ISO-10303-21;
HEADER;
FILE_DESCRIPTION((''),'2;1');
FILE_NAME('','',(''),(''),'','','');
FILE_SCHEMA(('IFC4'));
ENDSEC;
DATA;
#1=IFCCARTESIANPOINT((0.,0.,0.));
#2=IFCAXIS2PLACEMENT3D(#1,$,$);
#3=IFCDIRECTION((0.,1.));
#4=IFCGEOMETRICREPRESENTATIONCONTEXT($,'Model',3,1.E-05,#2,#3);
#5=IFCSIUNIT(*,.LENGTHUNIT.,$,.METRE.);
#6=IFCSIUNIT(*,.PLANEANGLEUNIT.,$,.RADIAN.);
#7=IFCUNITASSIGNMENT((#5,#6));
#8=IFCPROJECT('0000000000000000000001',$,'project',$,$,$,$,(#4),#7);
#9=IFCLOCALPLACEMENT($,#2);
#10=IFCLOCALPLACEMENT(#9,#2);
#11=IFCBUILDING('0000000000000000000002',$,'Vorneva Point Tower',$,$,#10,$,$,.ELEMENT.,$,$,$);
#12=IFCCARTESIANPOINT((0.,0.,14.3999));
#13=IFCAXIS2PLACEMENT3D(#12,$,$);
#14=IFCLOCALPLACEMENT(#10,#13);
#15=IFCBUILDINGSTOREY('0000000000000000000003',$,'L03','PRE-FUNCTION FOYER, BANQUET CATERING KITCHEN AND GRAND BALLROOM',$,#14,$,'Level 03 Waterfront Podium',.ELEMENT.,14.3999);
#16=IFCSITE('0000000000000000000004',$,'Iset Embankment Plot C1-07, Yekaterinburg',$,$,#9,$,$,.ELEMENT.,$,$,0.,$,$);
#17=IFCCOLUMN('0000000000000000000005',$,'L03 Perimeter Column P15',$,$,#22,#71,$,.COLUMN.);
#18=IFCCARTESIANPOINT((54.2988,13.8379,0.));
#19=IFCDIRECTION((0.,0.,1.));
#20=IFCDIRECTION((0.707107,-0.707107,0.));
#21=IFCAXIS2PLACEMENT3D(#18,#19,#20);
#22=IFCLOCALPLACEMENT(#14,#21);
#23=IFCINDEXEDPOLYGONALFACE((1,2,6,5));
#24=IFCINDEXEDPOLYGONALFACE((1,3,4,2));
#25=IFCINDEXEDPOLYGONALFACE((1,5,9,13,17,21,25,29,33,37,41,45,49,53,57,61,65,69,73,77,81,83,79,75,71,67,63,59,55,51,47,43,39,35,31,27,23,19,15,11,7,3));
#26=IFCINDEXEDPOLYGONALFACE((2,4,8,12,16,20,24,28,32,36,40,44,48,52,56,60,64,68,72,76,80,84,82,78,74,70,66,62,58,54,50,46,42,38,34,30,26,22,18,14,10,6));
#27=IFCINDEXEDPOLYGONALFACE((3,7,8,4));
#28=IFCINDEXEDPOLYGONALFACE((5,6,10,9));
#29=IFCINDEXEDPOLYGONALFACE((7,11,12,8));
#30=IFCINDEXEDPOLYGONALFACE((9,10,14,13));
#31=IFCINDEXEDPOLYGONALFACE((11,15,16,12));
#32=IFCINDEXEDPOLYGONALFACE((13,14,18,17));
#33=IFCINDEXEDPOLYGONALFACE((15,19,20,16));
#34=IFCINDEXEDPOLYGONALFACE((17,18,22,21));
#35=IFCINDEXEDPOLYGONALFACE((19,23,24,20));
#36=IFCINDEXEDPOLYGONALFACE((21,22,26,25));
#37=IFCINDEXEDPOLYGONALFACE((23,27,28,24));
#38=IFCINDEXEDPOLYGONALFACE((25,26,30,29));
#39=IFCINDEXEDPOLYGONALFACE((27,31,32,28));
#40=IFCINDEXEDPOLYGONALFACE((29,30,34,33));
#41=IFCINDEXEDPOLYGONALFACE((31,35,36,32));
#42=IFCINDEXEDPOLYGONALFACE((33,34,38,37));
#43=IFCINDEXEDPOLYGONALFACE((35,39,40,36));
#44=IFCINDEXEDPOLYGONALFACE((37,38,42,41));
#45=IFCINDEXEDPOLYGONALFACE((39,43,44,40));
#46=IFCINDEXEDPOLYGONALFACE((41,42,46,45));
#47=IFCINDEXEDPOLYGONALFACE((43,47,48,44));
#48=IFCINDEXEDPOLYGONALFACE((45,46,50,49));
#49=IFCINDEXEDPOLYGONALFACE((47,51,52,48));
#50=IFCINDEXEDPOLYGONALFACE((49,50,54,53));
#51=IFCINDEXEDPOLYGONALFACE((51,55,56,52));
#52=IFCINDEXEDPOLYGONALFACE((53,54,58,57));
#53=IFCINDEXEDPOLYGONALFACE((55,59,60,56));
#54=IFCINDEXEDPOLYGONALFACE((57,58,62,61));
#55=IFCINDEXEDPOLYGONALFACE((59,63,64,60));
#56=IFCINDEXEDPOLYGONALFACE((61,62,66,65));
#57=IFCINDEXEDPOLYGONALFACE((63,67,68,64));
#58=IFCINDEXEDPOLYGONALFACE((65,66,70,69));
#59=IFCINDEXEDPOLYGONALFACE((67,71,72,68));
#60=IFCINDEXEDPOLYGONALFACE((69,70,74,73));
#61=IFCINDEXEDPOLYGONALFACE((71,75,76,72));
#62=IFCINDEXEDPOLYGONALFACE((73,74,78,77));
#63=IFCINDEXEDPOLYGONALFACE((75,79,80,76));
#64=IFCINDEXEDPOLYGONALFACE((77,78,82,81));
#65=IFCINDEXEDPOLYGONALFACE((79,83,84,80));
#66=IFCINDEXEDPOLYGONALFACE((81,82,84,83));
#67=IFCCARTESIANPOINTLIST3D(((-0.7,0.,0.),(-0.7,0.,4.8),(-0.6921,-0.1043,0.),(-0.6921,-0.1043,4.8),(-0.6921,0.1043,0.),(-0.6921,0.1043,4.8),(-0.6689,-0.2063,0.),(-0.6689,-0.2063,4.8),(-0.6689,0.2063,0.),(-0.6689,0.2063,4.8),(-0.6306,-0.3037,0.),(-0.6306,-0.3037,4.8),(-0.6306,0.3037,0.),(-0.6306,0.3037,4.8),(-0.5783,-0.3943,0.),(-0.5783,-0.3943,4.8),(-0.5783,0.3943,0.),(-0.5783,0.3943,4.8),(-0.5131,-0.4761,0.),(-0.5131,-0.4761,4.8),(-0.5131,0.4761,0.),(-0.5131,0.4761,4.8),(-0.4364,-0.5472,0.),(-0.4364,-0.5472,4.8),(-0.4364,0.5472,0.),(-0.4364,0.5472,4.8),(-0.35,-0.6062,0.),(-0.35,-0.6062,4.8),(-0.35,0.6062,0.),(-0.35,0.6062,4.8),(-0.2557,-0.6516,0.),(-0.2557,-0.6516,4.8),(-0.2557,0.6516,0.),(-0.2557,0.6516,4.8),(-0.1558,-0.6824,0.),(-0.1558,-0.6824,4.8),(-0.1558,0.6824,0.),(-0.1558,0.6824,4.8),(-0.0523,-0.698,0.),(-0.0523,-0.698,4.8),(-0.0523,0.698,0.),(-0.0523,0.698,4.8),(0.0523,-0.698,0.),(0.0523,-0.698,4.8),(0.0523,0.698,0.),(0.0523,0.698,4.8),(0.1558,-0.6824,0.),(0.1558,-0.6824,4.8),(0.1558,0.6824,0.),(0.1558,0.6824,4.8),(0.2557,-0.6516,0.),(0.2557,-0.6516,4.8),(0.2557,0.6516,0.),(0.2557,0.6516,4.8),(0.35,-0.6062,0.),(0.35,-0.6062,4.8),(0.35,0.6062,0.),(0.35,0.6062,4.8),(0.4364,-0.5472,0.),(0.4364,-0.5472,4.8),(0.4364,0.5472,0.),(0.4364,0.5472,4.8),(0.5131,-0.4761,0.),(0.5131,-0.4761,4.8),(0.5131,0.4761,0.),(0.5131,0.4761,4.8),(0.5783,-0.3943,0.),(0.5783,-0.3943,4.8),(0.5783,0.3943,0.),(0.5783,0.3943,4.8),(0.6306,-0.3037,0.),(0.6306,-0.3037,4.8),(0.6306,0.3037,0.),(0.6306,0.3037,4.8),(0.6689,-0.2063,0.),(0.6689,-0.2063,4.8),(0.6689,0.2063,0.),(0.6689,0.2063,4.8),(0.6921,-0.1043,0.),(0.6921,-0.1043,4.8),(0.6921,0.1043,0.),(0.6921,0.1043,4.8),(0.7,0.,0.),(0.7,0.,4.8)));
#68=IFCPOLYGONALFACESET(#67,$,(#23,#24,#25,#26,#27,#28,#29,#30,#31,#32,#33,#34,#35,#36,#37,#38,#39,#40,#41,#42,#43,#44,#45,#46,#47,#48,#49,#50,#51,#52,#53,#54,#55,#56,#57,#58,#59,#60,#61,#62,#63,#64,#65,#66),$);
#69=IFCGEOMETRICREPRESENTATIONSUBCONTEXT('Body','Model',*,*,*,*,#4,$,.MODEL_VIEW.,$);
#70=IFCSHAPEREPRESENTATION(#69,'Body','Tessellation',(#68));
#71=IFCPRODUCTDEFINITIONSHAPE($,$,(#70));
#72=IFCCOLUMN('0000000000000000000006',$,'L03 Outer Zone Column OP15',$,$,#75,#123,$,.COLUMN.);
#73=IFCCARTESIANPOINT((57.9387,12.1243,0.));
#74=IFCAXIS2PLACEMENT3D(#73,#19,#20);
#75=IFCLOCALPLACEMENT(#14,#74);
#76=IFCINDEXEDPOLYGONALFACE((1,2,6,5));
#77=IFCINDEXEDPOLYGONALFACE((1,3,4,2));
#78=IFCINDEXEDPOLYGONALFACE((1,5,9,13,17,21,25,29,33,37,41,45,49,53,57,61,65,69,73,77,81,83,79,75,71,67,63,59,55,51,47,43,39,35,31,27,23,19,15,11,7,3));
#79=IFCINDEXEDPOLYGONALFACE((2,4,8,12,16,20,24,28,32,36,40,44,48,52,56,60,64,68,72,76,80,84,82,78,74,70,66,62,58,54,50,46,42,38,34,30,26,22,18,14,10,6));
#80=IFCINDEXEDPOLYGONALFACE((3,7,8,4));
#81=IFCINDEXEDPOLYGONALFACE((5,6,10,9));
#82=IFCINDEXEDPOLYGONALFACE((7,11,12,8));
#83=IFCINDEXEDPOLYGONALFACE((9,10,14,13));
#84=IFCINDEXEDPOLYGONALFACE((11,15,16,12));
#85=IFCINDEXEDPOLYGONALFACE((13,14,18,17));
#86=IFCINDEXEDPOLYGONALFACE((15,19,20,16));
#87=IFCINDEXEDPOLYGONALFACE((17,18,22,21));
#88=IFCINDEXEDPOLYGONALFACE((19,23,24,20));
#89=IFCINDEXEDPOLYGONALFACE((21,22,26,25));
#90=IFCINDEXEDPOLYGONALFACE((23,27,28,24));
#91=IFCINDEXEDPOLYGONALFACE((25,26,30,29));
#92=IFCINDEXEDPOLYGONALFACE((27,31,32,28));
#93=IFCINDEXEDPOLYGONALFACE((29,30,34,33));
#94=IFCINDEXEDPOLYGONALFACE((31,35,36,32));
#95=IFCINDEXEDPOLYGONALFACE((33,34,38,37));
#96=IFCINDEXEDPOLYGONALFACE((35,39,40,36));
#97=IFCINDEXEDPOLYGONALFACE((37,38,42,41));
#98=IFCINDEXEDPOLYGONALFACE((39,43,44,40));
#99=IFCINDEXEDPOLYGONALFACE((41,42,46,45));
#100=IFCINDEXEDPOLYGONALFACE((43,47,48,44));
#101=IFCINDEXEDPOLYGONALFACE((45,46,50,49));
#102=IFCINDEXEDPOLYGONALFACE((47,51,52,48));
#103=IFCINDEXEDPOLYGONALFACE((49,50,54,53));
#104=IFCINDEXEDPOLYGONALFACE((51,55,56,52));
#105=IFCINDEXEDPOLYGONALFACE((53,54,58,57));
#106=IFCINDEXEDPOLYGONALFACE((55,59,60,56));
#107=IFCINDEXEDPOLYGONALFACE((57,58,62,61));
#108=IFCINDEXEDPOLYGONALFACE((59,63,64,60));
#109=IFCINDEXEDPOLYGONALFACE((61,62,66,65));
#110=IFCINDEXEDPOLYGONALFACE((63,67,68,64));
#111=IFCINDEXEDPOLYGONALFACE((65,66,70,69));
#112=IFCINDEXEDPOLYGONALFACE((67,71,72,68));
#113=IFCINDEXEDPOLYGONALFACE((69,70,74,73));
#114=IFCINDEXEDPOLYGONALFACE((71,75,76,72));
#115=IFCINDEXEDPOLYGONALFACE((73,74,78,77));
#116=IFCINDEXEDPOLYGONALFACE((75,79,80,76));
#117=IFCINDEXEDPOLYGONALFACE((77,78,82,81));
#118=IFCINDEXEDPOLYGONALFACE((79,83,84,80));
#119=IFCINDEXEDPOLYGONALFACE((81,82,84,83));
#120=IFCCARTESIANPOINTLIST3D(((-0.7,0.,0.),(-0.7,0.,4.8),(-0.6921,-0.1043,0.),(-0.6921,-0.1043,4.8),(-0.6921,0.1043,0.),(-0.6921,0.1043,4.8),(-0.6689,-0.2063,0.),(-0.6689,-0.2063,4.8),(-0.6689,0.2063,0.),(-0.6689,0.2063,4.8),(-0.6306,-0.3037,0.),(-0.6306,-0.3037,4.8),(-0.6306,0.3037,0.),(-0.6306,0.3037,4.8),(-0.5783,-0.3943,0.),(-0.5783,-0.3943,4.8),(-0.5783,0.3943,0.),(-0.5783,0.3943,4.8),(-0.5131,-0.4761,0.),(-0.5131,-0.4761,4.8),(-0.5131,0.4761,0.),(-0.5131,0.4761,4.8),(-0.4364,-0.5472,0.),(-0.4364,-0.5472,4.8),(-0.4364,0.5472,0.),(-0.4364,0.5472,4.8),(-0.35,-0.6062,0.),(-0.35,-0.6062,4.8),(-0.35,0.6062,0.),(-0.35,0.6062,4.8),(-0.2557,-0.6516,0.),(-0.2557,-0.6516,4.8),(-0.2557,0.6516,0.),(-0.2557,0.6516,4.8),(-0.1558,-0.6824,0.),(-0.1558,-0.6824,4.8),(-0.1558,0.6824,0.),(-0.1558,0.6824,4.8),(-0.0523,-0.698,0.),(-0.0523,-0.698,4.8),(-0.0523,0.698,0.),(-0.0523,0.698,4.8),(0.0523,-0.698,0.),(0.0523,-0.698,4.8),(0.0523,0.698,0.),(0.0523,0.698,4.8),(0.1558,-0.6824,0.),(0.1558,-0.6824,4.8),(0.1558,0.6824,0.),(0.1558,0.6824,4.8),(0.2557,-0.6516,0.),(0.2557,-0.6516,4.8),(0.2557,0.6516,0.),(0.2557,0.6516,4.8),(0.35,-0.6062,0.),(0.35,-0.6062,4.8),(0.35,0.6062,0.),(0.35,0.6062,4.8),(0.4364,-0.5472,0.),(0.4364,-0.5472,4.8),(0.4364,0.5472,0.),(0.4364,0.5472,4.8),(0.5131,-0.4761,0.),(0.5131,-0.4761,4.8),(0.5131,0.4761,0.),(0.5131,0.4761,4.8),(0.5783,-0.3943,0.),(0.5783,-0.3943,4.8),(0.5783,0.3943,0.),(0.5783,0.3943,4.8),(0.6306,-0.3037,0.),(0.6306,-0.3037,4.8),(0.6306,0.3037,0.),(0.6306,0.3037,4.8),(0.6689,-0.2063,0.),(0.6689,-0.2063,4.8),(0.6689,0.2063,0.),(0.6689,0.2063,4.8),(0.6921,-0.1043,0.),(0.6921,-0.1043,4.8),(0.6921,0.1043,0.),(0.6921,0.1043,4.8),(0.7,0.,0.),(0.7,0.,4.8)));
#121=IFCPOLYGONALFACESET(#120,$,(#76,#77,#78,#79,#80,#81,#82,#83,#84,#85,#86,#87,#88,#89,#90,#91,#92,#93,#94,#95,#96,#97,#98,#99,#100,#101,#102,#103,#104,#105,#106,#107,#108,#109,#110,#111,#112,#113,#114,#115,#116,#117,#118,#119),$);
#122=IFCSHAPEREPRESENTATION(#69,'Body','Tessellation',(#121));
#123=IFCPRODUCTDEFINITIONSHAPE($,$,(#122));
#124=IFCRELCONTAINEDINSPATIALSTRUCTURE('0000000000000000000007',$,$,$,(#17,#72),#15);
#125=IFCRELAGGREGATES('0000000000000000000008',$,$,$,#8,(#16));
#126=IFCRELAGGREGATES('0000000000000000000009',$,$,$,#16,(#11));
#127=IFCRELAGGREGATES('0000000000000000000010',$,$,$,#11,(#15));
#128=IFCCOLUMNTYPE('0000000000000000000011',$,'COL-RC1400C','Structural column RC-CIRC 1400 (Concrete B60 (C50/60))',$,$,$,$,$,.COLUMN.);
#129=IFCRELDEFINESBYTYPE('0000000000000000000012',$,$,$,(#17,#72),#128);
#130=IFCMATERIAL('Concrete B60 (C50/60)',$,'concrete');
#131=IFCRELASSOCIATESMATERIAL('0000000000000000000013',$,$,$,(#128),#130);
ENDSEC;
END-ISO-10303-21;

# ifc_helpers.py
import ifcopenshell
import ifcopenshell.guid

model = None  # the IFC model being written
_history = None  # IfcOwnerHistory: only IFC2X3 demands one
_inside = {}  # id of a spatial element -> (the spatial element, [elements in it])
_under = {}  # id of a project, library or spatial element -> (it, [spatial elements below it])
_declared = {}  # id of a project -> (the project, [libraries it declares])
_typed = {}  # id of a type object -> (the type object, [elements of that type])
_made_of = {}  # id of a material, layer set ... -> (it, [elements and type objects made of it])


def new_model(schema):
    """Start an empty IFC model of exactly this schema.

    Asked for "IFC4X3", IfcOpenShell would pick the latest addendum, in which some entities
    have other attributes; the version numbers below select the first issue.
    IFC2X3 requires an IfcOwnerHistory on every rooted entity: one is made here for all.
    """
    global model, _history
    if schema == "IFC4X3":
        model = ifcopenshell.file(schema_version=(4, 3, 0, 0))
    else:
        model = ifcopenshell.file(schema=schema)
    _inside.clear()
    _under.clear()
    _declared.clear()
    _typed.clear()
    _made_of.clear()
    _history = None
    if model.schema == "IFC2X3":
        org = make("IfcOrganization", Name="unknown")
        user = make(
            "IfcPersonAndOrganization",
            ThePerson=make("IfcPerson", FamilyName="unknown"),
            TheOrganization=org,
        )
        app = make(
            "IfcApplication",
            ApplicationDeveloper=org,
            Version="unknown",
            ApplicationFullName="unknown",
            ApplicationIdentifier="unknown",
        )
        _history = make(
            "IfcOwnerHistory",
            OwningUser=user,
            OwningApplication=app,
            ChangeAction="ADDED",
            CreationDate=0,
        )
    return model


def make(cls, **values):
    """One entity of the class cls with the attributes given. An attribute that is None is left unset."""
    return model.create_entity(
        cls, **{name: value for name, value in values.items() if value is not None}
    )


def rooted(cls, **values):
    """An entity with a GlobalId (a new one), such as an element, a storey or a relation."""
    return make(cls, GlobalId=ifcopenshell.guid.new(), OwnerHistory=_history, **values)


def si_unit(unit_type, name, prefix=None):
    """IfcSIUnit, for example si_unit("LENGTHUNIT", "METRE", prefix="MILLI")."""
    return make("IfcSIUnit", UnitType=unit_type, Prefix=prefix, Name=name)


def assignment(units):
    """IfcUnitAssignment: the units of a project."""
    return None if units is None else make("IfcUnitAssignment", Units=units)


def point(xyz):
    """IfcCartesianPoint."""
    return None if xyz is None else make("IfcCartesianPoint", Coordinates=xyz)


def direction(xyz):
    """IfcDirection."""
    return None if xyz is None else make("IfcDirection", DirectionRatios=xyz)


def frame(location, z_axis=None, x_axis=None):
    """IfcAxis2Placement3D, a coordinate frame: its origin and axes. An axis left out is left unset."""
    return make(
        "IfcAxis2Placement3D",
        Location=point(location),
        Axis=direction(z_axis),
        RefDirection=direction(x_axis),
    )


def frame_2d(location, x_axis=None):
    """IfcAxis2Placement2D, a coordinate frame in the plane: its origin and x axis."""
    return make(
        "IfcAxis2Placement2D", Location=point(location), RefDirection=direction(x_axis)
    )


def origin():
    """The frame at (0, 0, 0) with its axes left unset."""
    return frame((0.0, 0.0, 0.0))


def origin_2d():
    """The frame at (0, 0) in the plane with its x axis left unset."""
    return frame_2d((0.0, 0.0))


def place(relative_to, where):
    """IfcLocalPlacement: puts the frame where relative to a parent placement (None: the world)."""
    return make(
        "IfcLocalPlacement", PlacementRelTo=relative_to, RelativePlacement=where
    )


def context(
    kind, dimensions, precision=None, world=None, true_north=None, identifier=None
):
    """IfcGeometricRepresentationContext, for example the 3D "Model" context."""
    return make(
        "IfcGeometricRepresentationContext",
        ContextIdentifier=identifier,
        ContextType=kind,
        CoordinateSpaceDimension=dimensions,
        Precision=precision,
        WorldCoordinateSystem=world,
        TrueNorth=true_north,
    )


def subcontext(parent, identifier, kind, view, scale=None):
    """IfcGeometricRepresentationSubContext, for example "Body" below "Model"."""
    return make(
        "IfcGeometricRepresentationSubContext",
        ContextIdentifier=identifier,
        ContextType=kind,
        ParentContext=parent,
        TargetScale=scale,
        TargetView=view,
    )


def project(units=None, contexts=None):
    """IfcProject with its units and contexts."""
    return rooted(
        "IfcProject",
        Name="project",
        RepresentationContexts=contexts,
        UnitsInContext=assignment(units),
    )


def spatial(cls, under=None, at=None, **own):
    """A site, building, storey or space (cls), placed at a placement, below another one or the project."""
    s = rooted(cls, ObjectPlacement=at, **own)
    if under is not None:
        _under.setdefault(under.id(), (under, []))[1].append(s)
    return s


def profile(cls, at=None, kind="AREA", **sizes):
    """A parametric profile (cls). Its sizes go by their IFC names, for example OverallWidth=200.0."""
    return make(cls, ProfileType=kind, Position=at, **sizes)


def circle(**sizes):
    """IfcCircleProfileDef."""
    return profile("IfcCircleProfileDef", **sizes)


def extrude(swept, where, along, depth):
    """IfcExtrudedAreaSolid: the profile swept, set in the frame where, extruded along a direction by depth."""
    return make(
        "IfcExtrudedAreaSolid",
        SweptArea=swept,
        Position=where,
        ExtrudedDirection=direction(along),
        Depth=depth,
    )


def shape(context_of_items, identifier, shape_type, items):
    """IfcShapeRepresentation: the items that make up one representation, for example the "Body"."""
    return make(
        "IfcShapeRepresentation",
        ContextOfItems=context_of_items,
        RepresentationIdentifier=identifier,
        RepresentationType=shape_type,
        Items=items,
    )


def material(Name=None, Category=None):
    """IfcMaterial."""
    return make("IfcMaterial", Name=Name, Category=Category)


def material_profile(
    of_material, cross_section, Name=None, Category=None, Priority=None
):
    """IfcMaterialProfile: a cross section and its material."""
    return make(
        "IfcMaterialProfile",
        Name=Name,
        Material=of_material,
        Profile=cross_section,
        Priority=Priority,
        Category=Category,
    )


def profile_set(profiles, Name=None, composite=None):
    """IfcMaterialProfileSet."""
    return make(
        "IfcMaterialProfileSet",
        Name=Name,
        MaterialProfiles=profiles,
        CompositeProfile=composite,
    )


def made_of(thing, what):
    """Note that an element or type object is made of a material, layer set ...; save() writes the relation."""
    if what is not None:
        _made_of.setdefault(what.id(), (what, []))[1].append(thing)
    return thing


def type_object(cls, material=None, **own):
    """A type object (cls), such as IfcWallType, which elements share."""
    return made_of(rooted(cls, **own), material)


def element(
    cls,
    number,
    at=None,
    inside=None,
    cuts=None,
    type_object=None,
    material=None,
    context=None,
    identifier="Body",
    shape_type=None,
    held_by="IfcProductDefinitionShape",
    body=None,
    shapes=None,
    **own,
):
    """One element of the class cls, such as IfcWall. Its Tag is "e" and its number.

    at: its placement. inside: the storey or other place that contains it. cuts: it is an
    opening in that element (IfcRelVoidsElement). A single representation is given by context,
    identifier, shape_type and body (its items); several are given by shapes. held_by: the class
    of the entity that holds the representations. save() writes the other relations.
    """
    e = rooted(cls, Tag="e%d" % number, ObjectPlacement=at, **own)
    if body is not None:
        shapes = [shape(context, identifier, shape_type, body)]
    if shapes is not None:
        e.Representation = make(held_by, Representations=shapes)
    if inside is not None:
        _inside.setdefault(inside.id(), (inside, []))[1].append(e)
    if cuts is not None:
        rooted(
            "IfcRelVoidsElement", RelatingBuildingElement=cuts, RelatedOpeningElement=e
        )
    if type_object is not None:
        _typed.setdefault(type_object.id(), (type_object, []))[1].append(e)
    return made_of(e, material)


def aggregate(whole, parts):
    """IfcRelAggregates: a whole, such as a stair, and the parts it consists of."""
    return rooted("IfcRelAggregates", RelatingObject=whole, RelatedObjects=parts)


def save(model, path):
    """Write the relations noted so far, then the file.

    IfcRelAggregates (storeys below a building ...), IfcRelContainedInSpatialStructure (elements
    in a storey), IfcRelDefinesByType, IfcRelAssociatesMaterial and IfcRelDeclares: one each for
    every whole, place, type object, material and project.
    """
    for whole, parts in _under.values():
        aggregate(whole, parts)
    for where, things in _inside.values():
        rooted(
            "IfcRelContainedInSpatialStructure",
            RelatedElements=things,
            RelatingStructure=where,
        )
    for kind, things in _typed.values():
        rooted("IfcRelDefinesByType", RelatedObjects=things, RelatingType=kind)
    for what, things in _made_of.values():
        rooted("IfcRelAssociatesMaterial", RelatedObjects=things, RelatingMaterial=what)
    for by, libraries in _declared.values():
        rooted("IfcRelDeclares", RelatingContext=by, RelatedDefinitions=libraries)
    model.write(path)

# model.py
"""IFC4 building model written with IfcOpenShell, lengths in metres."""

from ifc_helpers import new_model, si_unit, direction, frame, origin, origin_2d, place, context, subcontext, project, spatial, circle, extrude, material, material_profile, profile_set, type_object, element, save


model = new_model("IFC4")

# Units and contexts
model_context = context("Model", 3, precision=1e-05, world=origin(), true_north=direction((0.0, 1.0)))
body_context = subcontext(model_context, "Body", "Model", "MODEL_VIEW")
ifc_project = project(units=[si_unit("LENGTHUNIT", "METRE"), si_unit("PLANEANGLEUNIT", "RADIAN")], contexts=[model_context])

# Site, building, storey
site_placement = place(None, origin())
site = spatial("IfcSite", under=ifc_project, at=site_placement, Name="Iset Embankment Plot C1-07, Yekaterinburg", CompositionType="ELEMENT", RefElevation=0.0)
building_placement = place(site_placement, origin())
building = spatial("IfcBuilding", under=site, at=building_placement, Name="Vorneva Point Tower", CompositionType="ELEMENT")
storey_placement = place(building_placement, frame((0.0, 0.0, 14.3999)))
storey = spatial("IfcBuildingStorey", under=building, at=storey_placement, Name="L03", Description="PRE-FUNCTION FOYER, BANQUET CATERING KITCHEN AND GRAND BALLROOM", LongName="Level 03 Waterfront Podium", CompositionType="ELEMENT", Elevation=14.3999)

# Columns
ifc_material_1 = material(Name="Concrete B60 (C50/60)", Category="concrete")
ifc_material_profile_1 = material_profile(ifc_material_1, circle(Radius=0.7, at=origin_2d()), Name="RC-CIRC 1400")
ifc_profile_set_1 = profile_set([ifc_material_profile_1], Name="Concrete B60 (C50/60)")
column_type = type_object("IfcColumnType", Name="COL-RC1400C", Description="Structural column RC-CIRC 1400 (Concrete B60 (C50/60))", PredefinedType="COLUMN", material=ifc_profile_set_1)
for number, where, z_axis, x_axis, name in (
    (1, (54.2988, 13.8379, 0.0), (0.0, 0.0, 1.0), (0.707107, -0.707107, 0.0), "L03 Perimeter Column P15"),
    (2, (57.9387, 12.1243, 0.0), (0.0, 0.0, 1.0), (0.707107, -0.707107, 0.0), "L03 Outer Zone Column OP15"),
):
    element("IfcColumn", number, at=place(storey_placement, frame(where, z_axis=z_axis, x_axis=x_axis)), inside=storey, type_object=column_type, Name=name, PredefinedType="COLUMN", context=body_context, shape_type="SweptSolid", body=[
        extrude(circle(Radius=0.7, at=origin_2d()), origin(), (0.0, 0.0, 1.0), 4.8),
    ])

save(model, "model.ifc")
